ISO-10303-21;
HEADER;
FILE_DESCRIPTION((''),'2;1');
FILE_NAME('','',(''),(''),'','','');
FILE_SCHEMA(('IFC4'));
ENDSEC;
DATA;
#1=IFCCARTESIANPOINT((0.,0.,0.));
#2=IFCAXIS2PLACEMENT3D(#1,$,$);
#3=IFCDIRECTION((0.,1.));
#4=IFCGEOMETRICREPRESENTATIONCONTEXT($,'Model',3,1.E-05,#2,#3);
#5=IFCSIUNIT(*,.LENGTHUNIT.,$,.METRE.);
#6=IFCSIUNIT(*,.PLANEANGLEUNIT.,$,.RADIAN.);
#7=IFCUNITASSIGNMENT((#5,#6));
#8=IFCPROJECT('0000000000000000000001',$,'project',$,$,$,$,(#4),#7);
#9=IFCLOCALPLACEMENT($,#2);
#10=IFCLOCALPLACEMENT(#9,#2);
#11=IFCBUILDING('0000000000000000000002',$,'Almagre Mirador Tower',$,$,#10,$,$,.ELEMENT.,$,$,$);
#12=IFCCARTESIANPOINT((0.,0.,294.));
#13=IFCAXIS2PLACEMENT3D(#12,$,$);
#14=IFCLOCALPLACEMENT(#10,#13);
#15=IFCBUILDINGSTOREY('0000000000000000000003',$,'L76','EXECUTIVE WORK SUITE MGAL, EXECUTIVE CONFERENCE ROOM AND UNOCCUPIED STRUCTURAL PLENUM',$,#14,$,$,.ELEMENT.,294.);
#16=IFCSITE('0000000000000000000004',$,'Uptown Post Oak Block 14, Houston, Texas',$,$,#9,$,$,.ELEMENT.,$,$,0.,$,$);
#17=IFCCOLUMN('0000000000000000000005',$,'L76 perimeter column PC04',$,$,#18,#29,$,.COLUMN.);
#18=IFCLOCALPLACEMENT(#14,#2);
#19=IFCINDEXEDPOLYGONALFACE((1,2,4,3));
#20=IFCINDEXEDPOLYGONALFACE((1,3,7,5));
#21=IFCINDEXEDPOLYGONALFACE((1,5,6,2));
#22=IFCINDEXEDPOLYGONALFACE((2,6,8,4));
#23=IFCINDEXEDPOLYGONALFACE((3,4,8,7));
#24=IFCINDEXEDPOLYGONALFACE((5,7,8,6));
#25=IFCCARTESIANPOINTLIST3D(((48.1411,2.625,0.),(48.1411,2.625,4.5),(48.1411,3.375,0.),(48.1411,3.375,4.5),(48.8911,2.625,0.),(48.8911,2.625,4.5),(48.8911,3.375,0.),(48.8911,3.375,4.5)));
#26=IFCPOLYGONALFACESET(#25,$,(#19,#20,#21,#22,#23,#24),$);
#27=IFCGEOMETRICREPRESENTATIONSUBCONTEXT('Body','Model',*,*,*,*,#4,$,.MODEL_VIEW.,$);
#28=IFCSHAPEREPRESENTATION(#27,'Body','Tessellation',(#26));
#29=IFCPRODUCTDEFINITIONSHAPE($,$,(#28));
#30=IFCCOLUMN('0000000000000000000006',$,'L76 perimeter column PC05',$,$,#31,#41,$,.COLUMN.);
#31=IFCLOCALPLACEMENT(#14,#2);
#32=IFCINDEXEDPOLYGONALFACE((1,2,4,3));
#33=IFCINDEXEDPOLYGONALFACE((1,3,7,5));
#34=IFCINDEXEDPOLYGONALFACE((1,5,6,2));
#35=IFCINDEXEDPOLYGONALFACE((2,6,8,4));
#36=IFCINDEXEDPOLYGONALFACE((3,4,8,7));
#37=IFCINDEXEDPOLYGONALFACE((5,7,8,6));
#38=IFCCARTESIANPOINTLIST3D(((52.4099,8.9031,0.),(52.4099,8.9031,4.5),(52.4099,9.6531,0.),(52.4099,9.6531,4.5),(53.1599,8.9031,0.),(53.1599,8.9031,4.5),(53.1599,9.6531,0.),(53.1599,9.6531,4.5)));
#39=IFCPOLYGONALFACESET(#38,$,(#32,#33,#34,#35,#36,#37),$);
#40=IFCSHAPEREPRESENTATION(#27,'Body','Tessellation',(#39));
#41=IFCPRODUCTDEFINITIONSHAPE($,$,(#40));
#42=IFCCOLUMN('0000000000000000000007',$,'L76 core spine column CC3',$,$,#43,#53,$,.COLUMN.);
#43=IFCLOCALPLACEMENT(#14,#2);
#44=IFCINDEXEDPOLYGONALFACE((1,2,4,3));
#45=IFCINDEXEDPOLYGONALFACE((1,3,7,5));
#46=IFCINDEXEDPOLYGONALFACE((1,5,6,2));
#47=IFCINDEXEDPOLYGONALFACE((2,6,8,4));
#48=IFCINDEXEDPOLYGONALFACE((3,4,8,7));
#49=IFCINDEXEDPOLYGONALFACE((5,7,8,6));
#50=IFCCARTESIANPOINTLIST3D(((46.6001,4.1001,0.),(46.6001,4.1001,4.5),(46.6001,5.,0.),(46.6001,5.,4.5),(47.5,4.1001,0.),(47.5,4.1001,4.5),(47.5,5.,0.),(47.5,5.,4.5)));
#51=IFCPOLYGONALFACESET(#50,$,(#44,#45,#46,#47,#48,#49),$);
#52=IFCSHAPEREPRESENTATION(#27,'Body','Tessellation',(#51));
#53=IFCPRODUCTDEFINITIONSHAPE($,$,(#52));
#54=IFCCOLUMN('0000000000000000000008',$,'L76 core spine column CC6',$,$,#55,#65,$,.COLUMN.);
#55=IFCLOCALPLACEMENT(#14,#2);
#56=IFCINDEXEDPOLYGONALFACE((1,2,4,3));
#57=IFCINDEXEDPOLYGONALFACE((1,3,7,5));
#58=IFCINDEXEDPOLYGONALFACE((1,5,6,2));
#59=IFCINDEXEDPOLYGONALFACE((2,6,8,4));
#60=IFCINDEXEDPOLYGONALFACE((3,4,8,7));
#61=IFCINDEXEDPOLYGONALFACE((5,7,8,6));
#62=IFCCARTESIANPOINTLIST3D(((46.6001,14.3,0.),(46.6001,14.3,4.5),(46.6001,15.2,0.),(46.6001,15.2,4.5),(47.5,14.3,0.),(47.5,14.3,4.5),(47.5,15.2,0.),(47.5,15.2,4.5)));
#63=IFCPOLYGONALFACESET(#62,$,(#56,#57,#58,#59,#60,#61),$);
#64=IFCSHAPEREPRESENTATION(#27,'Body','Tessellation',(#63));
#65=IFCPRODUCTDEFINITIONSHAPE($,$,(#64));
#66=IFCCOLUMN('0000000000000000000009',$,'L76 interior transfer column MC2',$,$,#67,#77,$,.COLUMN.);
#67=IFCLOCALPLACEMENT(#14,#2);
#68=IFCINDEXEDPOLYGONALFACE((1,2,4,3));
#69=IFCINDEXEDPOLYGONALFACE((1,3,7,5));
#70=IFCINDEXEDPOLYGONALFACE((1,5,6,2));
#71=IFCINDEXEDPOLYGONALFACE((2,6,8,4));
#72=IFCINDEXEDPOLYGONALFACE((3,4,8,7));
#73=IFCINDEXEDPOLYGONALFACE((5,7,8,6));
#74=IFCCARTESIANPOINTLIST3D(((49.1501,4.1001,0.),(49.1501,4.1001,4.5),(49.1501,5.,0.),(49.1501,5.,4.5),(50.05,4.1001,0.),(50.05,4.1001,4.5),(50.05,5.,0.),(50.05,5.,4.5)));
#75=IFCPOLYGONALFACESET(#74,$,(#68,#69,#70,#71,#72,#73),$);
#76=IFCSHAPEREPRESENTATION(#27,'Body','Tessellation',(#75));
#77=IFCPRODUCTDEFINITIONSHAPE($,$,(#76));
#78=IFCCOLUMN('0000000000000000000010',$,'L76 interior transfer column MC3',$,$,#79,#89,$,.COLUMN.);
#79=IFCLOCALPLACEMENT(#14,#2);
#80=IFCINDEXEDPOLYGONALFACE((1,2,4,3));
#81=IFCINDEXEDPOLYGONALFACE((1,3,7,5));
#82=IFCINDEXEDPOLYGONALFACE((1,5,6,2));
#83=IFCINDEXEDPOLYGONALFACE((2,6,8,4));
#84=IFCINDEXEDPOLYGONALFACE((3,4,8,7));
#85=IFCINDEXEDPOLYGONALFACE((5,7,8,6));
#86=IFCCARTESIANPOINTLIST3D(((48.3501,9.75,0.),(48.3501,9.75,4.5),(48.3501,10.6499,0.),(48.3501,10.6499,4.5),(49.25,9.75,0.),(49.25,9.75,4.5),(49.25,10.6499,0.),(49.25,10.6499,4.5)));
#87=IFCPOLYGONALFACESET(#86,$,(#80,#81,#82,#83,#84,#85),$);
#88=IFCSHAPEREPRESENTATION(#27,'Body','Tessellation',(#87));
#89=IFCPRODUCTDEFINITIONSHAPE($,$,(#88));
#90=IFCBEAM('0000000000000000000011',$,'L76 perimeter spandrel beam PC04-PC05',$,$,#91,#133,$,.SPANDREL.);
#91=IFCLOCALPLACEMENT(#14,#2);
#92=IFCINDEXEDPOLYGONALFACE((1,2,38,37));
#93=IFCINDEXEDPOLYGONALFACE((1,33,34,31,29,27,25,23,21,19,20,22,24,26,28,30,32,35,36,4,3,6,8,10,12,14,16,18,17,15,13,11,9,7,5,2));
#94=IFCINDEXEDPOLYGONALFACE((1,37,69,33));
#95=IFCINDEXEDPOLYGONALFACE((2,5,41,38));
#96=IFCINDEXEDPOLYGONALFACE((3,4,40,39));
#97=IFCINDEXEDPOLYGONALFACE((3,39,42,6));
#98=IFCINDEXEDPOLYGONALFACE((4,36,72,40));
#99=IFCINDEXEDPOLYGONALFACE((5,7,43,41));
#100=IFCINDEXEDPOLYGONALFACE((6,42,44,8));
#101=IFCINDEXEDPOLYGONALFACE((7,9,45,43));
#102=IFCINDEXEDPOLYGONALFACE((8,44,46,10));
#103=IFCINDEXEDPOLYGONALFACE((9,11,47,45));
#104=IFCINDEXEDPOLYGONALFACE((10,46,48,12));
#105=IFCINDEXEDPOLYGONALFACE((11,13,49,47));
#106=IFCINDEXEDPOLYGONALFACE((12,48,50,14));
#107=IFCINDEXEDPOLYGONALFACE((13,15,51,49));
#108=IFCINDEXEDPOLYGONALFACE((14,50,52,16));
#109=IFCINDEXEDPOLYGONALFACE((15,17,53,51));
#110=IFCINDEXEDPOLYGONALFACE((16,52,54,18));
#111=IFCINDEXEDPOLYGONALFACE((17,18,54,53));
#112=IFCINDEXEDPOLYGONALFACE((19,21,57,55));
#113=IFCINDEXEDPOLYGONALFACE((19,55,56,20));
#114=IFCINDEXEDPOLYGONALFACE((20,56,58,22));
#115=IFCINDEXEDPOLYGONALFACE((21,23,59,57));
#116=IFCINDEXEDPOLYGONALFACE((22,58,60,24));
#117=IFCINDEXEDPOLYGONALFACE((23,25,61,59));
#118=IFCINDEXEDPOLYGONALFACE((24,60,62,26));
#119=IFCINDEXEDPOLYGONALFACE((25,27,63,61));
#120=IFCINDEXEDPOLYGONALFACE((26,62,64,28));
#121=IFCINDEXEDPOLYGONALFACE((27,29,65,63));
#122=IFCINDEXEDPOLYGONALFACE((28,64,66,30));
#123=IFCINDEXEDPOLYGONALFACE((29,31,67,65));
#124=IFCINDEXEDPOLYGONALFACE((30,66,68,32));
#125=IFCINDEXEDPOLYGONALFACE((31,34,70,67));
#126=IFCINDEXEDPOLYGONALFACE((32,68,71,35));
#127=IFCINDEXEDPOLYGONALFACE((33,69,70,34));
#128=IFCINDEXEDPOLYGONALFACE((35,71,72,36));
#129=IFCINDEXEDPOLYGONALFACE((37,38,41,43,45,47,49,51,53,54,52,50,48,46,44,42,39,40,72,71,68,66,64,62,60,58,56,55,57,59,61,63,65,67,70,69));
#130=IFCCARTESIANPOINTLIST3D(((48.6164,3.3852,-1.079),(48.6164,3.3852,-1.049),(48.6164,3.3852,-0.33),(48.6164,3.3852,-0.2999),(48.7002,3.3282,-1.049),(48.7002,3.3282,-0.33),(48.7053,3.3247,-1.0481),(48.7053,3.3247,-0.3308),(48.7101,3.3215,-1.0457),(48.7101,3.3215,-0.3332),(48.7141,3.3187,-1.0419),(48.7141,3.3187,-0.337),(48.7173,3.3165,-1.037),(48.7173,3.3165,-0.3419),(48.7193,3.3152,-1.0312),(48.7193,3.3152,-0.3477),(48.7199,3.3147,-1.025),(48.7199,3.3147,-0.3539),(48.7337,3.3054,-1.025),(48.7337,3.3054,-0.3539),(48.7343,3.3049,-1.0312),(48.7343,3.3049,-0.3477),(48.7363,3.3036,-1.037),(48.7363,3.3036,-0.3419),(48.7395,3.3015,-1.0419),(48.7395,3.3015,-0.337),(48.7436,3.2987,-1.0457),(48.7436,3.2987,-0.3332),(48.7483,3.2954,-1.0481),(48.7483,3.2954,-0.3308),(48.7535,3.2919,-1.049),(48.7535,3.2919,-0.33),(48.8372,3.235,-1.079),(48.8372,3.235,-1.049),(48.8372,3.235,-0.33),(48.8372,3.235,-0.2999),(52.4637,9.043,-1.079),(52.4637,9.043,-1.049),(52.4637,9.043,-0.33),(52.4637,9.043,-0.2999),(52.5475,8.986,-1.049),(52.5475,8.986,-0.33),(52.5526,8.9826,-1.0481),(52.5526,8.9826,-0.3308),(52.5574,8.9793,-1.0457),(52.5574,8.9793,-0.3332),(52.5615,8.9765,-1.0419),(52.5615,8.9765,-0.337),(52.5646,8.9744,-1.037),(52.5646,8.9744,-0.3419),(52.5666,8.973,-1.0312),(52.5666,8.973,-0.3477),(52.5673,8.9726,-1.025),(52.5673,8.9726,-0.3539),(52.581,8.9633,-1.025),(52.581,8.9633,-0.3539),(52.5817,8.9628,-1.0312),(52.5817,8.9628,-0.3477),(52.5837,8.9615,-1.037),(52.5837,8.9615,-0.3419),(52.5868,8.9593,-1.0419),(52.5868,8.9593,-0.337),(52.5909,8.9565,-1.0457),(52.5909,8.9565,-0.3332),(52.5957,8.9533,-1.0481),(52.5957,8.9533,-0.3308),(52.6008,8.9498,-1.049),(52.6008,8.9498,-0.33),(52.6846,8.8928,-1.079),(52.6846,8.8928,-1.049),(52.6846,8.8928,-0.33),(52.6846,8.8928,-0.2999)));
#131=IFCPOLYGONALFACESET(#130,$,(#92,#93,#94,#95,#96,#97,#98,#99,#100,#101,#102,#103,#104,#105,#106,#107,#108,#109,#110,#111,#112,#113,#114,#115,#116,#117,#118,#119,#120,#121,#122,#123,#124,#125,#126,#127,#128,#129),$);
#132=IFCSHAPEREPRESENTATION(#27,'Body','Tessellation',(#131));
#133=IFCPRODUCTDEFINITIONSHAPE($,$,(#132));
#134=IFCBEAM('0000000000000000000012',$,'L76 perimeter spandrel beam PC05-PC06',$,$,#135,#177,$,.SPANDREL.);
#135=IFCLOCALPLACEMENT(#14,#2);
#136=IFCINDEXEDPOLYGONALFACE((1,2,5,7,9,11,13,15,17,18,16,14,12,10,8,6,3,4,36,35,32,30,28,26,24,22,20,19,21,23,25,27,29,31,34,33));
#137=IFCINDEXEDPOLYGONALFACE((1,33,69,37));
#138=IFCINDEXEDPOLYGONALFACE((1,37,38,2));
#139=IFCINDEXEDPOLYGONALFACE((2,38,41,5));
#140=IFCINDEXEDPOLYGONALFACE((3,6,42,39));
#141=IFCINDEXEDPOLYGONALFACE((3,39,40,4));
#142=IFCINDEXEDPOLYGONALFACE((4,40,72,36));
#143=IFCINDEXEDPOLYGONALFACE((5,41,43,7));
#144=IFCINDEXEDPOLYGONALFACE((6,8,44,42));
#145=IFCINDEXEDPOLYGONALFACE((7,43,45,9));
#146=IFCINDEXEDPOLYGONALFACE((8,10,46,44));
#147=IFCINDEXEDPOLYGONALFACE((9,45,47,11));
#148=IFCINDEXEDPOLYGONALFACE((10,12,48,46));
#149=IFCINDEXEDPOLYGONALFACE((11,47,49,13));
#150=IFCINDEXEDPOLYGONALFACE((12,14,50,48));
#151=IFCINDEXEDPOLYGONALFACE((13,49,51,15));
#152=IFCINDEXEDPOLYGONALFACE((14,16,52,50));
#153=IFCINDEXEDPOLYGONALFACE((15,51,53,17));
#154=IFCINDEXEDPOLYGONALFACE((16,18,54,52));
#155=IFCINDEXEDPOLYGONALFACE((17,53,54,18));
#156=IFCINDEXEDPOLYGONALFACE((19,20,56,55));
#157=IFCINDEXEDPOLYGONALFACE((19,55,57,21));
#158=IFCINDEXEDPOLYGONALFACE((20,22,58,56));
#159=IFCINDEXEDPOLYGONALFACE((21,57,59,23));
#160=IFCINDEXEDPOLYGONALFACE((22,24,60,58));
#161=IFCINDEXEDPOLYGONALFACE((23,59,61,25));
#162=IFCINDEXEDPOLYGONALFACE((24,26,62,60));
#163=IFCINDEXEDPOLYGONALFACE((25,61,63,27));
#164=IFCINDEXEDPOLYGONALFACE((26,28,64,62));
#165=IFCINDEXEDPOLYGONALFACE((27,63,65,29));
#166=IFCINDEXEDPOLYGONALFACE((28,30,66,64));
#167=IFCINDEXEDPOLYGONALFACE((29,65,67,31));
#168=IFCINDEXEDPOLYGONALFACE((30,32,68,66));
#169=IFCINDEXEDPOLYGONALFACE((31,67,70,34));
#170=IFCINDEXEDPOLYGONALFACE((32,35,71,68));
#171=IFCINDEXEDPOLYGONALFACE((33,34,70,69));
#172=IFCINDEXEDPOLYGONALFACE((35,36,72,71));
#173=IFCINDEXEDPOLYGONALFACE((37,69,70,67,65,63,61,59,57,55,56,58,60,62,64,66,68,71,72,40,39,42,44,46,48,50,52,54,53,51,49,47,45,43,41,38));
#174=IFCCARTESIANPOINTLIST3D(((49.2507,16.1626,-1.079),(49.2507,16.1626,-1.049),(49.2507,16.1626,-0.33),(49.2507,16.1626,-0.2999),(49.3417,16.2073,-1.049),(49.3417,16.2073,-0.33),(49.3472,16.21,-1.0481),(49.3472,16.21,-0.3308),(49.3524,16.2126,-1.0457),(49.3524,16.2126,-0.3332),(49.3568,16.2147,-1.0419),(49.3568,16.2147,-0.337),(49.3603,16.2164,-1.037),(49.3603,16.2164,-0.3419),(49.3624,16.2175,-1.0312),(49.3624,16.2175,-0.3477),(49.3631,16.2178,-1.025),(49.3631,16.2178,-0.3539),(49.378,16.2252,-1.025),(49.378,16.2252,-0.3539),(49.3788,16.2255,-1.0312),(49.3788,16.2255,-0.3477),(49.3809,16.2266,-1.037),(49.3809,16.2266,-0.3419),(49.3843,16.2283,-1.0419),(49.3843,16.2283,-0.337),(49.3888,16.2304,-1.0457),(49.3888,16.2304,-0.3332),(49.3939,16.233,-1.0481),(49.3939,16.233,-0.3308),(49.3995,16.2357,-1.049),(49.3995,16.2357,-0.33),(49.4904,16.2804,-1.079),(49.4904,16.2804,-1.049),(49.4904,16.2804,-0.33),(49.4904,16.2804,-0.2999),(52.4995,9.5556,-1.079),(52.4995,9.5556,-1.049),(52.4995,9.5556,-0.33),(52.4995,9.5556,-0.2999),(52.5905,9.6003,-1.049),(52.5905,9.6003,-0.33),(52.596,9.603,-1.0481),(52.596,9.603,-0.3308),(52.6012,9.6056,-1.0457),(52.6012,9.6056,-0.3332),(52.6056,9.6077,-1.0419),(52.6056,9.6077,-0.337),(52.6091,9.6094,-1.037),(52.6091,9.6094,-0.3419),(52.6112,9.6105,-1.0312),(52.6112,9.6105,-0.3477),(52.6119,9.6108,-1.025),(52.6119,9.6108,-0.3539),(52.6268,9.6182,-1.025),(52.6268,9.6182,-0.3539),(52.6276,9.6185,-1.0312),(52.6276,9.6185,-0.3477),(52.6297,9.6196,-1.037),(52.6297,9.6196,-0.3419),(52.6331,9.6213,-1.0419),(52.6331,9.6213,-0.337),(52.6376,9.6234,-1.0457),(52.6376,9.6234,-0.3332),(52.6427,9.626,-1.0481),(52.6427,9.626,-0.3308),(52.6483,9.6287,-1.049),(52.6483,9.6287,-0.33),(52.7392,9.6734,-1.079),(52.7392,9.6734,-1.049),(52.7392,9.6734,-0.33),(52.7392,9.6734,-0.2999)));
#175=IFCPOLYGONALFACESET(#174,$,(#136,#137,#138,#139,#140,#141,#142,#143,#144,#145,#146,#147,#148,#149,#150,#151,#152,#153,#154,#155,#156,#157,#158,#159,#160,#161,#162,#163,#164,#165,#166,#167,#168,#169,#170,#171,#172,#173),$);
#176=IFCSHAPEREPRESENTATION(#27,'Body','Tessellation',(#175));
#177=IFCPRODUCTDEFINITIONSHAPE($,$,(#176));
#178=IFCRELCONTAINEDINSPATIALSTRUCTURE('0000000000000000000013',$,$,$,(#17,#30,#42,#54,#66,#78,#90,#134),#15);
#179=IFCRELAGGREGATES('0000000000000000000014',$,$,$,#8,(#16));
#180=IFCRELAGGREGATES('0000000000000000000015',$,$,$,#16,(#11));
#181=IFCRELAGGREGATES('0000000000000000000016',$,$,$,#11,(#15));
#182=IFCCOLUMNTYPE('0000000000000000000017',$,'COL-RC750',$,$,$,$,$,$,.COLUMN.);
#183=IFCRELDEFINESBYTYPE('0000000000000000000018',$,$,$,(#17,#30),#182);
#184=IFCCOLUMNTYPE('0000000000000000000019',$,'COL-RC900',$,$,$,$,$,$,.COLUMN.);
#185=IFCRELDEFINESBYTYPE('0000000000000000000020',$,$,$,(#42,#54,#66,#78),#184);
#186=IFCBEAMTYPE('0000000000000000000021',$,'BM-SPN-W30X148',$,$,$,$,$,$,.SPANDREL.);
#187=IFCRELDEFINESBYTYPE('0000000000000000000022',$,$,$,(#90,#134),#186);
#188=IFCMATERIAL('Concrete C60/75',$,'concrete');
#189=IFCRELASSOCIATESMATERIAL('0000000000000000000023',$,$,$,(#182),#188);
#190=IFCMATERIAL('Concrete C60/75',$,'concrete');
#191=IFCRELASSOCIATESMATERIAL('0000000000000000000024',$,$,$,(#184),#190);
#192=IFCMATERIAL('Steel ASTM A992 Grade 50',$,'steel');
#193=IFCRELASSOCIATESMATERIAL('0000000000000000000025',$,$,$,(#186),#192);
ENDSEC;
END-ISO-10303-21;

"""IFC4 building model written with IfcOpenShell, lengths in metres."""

from ifc_helpers import new_model, si_unit, direction, frame, origin, origin_2d, place, context, subcontext, project, spatial, rectangle, i_section, extrude, material, material_profile, profile_set, type_object, element, save


model = new_model("IFC4")

# Units and contexts
model_context = context("Model", 3, precision=1e-05, world=origin(), true_north=direction((0.0, 1.0)))
body_context = subcontext(model_context, "Body", "Model", "MODEL_VIEW")
ifc_project = project(units=[si_unit("LENGTHUNIT", "METRE"), si_unit("PLANEANGLEUNIT", "RADIAN")], contexts=[model_context])

# Site, building, storey
site_placement = place(None, origin())
site = spatial("IfcSite", under=ifc_project, at=site_placement, Name="Uptown Post Oak Block 14, Houston, Texas", CompositionType="ELEMENT", RefElevation=0.0)
building_placement = place(site_placement, origin())
building = spatial("IfcBuilding", under=site, at=building_placement, Name="Almagre Mirador Tower", CompositionType="ELEMENT")
storey_placement = place(building_placement, frame((0.0, 0.0, 294.0)))
storey = spatial("IfcBuildingStorey", under=building, at=storey_placement, Name="L76", Description="EXECUTIVE WORK SUITE MGAL, EXECUTIVE CONFERENCE ROOM AND UNOCCUPIED STRUCTURAL PLENUM", CompositionType="ELEMENT", Elevation=294.0)

# Columns
ifc_material_1 = material(Name="Concrete C60/75", Category="concrete")
ifc_material_profile_1 = material_profile(ifc_material_1, rectangle(XDim=0.75, YDim=0.75, at=origin_2d()), Name="RC750X750")
ifc_profile_set_1 = profile_set([ifc_material_profile_1], Name="Concrete C60/75")
column_type_1 = type_object("IfcColumnType", Name="COL-RC750", PredefinedType="COLUMN", material=ifc_profile_set_1)
for number, where, z_axis, x_axis, name in (
    (1, (48.5161, 3.0, 0.0), (0.0, 0.0, 1.0), (1.0, 0.0, 0.0), "L76 perimeter column PC04"),
    (2, (52.7849, 9.2781, 0.0), (0.0, 0.0, 1.0), (1.0, 0.0, 0.0), "L76 perimeter column PC05"),
):
    element("IfcColumn", number, at=place(storey_placement, frame(where, z_axis=z_axis, x_axis=x_axis)), inside=storey, type_object=column_type_1, Name=name, PredefinedType="COLUMN", context=body_context, shape_type="SweptSolid", body=[
        extrude(rectangle(XDim=0.75, YDim=0.75, at=origin_2d()), origin(), (0.0, 0.0, 1.0), 4.5),
    ])
ifc_material_2 = material(Name="Concrete C60/75", Category="concrete")
ifc_material_profile_2 = material_profile(ifc_material_2, rectangle(XDim=0.8999, YDim=0.8999, at=origin_2d()), Name="RC900X900")
ifc_profile_set_2 = profile_set([ifc_material_profile_2], Name="Concrete C60/75")
column_type_2 = type_object("IfcColumnType", Name="COL-RC900", PredefinedType="COLUMN", material=ifc_profile_set_2)
for number, where, z_axis, x_axis, name in (
    (3, (47.05, 4.55, 0.0), (0.0, 0.0, 1.0), (1.0, 0.0, 0.0), "L76 core spine column CC3"),
    (4, (47.05, 14.75, 0.0), (0.0, 0.0, 1.0), (1.0, 0.0, 0.0), "L76 core spine column CC6"),
    (5, (49.6001, 4.55, 0.0), (0.0, 0.0, 1.0), (1.0, 0.0, 0.0), "L76 interior transfer column MC2"),
    (6, (48.8, 10.2, 0.0), (0.0, 0.0, 1.0), (1.0, 0.0, 0.0), "L76 interior transfer column MC3"),
):
    element("IfcColumn", number, at=place(storey_placement, frame(where, z_axis=z_axis, x_axis=x_axis)), inside=storey, type_object=column_type_2, Name=name, PredefinedType="COLUMN", context=body_context, shape_type="SweptSolid", body=[
        extrude(rectangle(XDim=0.8999, YDim=0.8999, at=origin_2d()), origin(), (0.0, 0.0, 1.0), 4.5),
    ])

# Beams
ifc_material_3 = material(Name="Steel ASTM A992 Grade 50", Category="steel")
ifc_material_profile_3 = material_profile(ifc_material_3, i_section(OverallWidth=0.2671, OverallDepth=0.7791, WebThickness=0.0166, FlangeThickness=0.03, FilletRadius=0.0239, at=origin_2d()), Name="W30X148")
ifc_profile_set_3 = profile_set([ifc_material_profile_3], Name="Steel ASTM A992 Grade 50")
beam_type_1 = type_object("IfcBeamType", Name="BM-SPN-W30X148", PredefinedType="SPANDREL", material=ifc_profile_set_3)
beam_1_placement = place(storey_placement, frame((48.7268, 3.3101, -0.6895), z_axis=(0.56231, 0.826927, 0.0), x_axis=(-0.826927, 0.56231, 0.0)))
element("IfcBeam", 7, at=beam_1_placement, inside=storey, type_object=beam_type_1, Name="L76 perimeter spandrel beam PC04-PC05", PredefinedType="SPANDREL", context=body_context, shape_type="SweptSolid", body=[
    extrude(i_section(OverallWidth=0.2671, OverallDepth=0.7791, WebThickness=0.0166, FlangeThickness=0.03, FilletRadius=0.0239, at=origin_2d()), origin(), (0.0, 0.0, 1.0), 6.842),
])
beam_2_placement = place(storey_placement, frame((52.6194, 9.6145, -0.6895), z_axis=(-0.441261, 0.897379, 0.0), x_axis=(-0.897379, -0.441261, 0.0)))
element("IfcBeam", 8, at=beam_2_placement, inside=storey, type_object=beam_type_1, Name="L76 perimeter spandrel beam PC05-PC06", PredefinedType="SPANDREL", context=body_context, shape_type="SweptSolid", body=[
    extrude(i_section(OverallWidth=0.2671, OverallDepth=0.7791, WebThickness=0.0166, FlangeThickness=0.03, FilletRadius=0.0239, at=origin_2d()), origin(), (0.0, 0.0, 1.0), 7.3625),
])

save(model, "model.ifc")
